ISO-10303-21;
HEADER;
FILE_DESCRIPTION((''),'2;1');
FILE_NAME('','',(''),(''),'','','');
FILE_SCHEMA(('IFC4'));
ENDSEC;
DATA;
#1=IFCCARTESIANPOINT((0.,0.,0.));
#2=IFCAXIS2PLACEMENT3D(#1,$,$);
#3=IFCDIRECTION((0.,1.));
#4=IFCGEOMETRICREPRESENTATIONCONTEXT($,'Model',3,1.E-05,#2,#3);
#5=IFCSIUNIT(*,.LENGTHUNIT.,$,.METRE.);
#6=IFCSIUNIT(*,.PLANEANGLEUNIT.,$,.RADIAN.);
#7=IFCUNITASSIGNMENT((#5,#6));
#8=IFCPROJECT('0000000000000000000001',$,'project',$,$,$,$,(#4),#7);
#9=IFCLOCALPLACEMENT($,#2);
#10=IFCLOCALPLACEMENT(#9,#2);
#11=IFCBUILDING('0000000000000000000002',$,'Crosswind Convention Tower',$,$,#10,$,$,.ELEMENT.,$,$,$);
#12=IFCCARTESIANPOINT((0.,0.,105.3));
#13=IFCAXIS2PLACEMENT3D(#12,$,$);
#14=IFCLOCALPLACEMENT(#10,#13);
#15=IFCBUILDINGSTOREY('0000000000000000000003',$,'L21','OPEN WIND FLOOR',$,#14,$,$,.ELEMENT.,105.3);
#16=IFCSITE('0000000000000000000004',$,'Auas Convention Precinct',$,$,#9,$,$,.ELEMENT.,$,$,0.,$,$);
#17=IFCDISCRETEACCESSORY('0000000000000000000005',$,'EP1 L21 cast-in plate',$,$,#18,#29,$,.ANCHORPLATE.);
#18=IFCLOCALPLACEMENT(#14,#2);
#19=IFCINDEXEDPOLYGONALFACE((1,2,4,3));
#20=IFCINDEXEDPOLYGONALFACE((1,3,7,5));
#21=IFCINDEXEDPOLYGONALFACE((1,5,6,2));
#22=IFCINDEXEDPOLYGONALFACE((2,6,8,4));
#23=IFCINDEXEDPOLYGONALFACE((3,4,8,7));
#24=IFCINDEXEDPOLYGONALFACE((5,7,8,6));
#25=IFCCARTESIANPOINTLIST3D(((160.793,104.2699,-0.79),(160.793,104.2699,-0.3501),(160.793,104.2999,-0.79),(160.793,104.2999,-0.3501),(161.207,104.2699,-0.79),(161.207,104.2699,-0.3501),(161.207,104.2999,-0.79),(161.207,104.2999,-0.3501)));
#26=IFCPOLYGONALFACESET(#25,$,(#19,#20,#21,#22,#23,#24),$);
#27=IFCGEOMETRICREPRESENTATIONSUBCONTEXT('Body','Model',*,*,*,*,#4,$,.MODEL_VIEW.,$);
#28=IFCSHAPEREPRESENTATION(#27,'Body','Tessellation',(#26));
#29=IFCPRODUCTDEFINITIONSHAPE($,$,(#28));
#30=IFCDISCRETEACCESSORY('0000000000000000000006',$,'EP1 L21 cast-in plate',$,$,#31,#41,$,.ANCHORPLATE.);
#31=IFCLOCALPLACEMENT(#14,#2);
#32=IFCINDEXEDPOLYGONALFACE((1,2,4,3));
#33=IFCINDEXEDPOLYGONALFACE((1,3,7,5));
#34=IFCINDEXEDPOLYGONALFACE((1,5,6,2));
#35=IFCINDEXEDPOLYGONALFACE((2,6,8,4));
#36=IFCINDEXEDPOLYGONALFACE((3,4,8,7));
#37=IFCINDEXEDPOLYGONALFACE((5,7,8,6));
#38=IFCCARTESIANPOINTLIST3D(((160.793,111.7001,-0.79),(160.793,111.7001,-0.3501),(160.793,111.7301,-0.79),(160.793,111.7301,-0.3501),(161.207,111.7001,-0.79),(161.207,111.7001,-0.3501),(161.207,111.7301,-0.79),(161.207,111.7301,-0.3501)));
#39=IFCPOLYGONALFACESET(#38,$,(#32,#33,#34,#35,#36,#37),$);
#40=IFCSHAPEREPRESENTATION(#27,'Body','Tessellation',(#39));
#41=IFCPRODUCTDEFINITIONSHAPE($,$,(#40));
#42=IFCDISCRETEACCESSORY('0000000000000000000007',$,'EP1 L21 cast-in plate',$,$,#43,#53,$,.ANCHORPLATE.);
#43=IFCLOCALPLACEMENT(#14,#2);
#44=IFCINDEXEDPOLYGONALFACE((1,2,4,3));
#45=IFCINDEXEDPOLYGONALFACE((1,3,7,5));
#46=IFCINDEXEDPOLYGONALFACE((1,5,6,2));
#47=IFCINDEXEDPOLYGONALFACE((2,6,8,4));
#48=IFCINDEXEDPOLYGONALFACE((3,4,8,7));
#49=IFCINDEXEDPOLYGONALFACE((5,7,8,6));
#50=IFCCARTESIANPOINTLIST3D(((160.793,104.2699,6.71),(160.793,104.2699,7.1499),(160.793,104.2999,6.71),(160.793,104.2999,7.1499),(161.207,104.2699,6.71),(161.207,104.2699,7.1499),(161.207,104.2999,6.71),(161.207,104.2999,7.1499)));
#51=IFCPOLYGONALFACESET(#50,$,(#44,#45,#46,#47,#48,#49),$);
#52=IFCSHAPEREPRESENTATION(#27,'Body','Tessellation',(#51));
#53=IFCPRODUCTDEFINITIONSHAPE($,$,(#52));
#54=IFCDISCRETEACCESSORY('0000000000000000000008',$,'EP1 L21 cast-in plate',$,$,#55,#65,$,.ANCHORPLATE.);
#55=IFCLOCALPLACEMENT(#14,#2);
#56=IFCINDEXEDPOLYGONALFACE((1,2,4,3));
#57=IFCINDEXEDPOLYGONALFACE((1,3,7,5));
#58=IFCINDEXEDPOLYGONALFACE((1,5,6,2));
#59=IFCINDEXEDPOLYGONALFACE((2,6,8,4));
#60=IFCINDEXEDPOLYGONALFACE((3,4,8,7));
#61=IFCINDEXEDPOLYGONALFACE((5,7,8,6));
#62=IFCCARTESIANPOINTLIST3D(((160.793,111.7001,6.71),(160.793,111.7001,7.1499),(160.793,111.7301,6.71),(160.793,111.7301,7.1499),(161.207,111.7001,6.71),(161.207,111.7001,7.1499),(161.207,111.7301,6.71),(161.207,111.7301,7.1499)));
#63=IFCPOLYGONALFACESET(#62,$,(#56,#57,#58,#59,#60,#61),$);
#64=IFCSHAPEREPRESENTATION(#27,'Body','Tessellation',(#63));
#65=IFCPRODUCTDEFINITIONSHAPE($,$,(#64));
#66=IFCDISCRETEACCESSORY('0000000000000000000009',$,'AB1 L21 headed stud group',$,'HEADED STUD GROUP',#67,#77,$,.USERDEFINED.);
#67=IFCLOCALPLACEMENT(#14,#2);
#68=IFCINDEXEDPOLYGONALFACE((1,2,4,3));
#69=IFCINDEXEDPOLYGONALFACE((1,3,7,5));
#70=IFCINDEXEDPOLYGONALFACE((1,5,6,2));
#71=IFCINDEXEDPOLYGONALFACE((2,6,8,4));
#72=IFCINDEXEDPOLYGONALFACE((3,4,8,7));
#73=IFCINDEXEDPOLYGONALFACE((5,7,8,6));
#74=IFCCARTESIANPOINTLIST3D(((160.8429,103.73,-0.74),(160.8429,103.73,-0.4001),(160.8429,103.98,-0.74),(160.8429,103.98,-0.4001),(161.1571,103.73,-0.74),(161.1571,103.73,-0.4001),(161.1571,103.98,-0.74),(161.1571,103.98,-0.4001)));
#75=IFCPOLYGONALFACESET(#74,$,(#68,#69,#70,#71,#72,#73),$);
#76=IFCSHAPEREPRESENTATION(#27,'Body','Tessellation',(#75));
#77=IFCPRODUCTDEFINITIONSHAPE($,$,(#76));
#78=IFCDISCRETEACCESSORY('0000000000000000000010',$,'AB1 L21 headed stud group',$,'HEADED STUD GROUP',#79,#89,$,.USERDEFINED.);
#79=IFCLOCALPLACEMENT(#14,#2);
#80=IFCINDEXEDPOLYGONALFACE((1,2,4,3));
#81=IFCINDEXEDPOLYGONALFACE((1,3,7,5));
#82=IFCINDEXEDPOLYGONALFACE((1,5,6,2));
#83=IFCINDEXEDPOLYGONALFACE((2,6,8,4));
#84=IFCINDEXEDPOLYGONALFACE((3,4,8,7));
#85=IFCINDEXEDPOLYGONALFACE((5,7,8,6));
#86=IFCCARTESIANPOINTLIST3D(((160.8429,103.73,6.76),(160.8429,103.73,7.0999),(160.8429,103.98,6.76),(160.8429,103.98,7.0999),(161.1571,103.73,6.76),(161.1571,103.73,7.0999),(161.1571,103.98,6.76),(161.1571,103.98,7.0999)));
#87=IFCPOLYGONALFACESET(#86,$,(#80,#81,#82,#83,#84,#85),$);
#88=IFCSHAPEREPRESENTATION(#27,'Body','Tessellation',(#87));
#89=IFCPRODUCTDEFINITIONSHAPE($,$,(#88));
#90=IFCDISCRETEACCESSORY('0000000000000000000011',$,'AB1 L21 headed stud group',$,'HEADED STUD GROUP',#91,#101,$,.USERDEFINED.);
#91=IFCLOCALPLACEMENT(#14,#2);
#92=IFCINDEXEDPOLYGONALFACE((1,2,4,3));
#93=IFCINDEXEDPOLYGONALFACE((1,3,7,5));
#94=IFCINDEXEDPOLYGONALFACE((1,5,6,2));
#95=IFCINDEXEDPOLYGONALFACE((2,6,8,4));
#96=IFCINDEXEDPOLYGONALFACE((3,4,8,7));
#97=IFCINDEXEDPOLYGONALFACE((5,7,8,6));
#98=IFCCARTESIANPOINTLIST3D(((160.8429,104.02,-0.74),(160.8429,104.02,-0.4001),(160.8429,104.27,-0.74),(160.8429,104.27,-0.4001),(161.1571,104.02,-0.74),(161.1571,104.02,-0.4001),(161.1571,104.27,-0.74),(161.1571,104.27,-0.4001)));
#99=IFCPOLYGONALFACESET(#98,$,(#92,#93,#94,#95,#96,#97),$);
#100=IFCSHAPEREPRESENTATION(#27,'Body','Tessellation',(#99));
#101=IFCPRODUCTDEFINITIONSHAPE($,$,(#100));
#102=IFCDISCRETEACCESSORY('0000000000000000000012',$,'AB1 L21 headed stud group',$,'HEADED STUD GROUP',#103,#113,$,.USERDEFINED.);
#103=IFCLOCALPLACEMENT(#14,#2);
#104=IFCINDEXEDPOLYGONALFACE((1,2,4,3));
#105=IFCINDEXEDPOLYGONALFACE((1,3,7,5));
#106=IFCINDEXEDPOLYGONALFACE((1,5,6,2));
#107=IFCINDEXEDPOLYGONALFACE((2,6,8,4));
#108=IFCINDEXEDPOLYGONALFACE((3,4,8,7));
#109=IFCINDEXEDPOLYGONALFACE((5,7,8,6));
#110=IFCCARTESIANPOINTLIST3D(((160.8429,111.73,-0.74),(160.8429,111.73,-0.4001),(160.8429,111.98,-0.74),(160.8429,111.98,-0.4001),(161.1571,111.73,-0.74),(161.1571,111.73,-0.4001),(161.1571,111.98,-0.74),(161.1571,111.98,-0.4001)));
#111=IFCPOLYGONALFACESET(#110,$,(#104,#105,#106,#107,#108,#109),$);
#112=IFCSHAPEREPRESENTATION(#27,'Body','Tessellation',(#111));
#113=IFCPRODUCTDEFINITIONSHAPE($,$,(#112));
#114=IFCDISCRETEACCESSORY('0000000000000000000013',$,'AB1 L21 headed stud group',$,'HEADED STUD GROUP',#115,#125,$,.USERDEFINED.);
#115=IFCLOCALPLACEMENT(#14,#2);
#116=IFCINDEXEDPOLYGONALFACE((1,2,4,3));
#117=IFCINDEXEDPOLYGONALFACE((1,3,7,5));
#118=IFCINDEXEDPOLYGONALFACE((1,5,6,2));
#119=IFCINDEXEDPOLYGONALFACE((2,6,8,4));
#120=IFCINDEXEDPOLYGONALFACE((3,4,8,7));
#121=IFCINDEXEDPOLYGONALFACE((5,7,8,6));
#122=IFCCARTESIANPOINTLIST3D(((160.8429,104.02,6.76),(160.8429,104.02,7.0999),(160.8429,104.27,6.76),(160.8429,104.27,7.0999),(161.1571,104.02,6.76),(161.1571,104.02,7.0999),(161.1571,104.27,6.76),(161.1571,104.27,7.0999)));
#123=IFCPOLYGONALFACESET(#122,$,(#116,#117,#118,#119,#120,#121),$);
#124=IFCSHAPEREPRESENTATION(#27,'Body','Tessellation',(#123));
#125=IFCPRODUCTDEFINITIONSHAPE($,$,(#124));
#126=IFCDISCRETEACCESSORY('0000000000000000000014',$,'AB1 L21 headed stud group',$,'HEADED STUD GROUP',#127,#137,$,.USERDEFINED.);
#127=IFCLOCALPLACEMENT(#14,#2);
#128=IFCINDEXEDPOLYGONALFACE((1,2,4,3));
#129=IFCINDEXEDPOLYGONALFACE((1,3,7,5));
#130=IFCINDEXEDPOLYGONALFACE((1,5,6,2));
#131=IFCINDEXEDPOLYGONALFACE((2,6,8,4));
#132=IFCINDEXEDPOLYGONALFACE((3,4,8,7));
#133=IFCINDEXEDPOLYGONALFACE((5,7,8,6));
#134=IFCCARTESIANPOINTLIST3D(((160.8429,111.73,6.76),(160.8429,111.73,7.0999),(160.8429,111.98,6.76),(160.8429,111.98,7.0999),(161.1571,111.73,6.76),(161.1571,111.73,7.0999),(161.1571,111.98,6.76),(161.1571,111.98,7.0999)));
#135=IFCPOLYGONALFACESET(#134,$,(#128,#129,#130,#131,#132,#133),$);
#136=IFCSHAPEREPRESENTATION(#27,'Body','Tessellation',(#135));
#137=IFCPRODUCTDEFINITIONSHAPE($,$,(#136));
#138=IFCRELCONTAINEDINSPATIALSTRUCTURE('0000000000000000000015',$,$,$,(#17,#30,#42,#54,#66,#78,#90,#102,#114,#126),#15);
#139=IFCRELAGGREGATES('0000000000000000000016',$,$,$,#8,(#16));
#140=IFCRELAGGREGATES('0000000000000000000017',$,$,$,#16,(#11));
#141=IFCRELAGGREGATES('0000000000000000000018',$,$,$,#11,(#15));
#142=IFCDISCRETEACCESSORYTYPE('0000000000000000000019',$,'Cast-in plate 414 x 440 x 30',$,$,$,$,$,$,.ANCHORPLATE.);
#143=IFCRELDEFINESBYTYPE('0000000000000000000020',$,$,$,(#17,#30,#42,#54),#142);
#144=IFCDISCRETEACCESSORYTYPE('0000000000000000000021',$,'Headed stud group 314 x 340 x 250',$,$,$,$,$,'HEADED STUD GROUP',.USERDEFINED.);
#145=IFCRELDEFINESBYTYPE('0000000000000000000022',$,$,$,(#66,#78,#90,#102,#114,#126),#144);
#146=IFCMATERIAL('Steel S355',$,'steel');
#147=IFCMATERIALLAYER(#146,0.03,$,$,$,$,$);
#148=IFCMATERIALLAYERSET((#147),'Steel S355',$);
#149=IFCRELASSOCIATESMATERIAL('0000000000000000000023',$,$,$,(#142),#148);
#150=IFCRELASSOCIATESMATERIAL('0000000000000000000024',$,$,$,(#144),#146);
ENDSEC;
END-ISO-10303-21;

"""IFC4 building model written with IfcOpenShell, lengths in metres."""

from ifc_helpers import new_model, si_unit, direction, frame, origin, origin_2d, place, context, subcontext, project, spatial, rectangle, extrude, material, layer, layer_set, type_object, element, save


model = new_model("IFC4")

# Units and contexts
model_context = context("Model", 3, precision=1e-05, world=origin(), true_north=direction((0.0, 1.0)))
body_context = subcontext(model_context, "Body", "Model", "MODEL_VIEW")
ifc_project = project(units=[si_unit("LENGTHUNIT", "METRE"), si_unit("PLANEANGLEUNIT", "RADIAN")], contexts=[model_context])

# Site, building, storey
site_placement = place(None, origin())
site = spatial("IfcSite", under=ifc_project, at=site_placement, Name="Auas Convention Precinct", CompositionType="ELEMENT", RefElevation=0.0)
building_placement = place(site_placement, origin())
building = spatial("IfcBuilding", under=site, at=building_placement, Name="Crosswind Convention Tower", CompositionType="ELEMENT")
storey_placement = place(building_placement, frame((0.0, 0.0, 105.3)))
storey = spatial("IfcBuildingStorey", under=building, at=storey_placement, Name="L21", Description="OPEN WIND FLOOR", CompositionType="ELEMENT", Elevation=105.3)

# Shared definitions
ifc_material_1 = material(Name="Steel S355", Category="steel")

# Discrete accessories
ifc_layer_1 = layer(ifc_material_1, 0.03)
ifc_layer_set_1 = layer_set([ifc_layer_1], Name="Steel S355")
discrete_accessory_type_1 = type_object("IfcDiscreteAccessoryType", Name="Cast-in plate 414 x 440 x 30", PredefinedType="ANCHORPLATE", material=ifc_layer_set_1)
for number, where, z_axis, x_axis, name in (
    (1, (161.0, 104.2849, -0.79), (0.0, 0.0, 1.0), (1.0, 0.0, 0.0), "EP1 L21 cast-in plate"),
    (2, (161.0, 111.7151, -0.79), (0.0, 0.0, 1.0), (1.0, 0.0, 0.0), "EP1 L21 cast-in plate"),
    (3, (161.0, 104.2849, 6.71), (0.0, 0.0, 1.0), (1.0, 0.0, 0.0), "EP1 L21 cast-in plate"),
    (4, (161.0, 111.7151, 6.71), (0.0, 0.0, 1.0), (1.0, 0.0, 0.0), "EP1 L21 cast-in plate"),
):
    element("IfcDiscreteAccessory", number, at=place(storey_placement, frame(where, z_axis=z_axis, x_axis=x_axis)), inside=storey, type_object=discrete_accessory_type_1, Name=name, PredefinedType="ANCHORPLATE", context=body_context, shape_type="SweptSolid", body=[
        extrude(rectangle(XDim=0.4141, YDim=0.03, at=origin_2d()), origin(), (0.0, 0.0, 1.0), 0.4399),
    ])
discrete_accessory_type_2 = type_object("IfcDiscreteAccessoryType", Name="Headed stud group 314 x 340 x 250", ElementType="HEADED STUD GROUP", PredefinedType="USERDEFINED", material=ifc_material_1)
for number, where, z_axis, x_axis, name in (
    (5, (161.0, 103.855, -0.74), (0.0, 0.0, 1.0), (1.0, 0.0, 0.0), "AB1 L21 headed stud group"),
    (6, (161.0, 103.855, 6.76), (0.0, 0.0, 1.0), (1.0, 0.0, 0.0), "AB1 L21 headed stud group"),
    (7, (161.0, 104.145, -0.74), (0.0, 0.0, 1.0), (1.0, 0.0, 0.0), "AB1 L21 headed stud group"),
    (8, (161.0, 111.855, -0.74), (0.0, 0.0, 1.0), (1.0, 0.0, 0.0), "AB1 L21 headed stud group"),
    (9, (161.0, 104.145, 6.76), (0.0, 0.0, 1.0), (1.0, 0.0, 0.0), "AB1 L21 headed stud group"),
    (10, (161.0, 111.855, 6.76), (0.0, 0.0, 1.0), (1.0, 0.0, 0.0), "AB1 L21 headed stud group"),
):
    element("IfcDiscreteAccessory", number, at=place(storey_placement, frame(where, z_axis=z_axis, x_axis=x_axis)), inside=storey, type_object=discrete_accessory_type_2, Name=name, ObjectType="HEADED STUD GROUP", PredefinedType="USERDEFINED", context=body_context, shape_type="SweptSolid", body=[
        extrude(rectangle(XDim=0.3142, YDim=0.25, at=origin_2d()), origin(), (0.0, 0.0, 1.0), 0.3398),
    ])

save(model, "model.ifc")
